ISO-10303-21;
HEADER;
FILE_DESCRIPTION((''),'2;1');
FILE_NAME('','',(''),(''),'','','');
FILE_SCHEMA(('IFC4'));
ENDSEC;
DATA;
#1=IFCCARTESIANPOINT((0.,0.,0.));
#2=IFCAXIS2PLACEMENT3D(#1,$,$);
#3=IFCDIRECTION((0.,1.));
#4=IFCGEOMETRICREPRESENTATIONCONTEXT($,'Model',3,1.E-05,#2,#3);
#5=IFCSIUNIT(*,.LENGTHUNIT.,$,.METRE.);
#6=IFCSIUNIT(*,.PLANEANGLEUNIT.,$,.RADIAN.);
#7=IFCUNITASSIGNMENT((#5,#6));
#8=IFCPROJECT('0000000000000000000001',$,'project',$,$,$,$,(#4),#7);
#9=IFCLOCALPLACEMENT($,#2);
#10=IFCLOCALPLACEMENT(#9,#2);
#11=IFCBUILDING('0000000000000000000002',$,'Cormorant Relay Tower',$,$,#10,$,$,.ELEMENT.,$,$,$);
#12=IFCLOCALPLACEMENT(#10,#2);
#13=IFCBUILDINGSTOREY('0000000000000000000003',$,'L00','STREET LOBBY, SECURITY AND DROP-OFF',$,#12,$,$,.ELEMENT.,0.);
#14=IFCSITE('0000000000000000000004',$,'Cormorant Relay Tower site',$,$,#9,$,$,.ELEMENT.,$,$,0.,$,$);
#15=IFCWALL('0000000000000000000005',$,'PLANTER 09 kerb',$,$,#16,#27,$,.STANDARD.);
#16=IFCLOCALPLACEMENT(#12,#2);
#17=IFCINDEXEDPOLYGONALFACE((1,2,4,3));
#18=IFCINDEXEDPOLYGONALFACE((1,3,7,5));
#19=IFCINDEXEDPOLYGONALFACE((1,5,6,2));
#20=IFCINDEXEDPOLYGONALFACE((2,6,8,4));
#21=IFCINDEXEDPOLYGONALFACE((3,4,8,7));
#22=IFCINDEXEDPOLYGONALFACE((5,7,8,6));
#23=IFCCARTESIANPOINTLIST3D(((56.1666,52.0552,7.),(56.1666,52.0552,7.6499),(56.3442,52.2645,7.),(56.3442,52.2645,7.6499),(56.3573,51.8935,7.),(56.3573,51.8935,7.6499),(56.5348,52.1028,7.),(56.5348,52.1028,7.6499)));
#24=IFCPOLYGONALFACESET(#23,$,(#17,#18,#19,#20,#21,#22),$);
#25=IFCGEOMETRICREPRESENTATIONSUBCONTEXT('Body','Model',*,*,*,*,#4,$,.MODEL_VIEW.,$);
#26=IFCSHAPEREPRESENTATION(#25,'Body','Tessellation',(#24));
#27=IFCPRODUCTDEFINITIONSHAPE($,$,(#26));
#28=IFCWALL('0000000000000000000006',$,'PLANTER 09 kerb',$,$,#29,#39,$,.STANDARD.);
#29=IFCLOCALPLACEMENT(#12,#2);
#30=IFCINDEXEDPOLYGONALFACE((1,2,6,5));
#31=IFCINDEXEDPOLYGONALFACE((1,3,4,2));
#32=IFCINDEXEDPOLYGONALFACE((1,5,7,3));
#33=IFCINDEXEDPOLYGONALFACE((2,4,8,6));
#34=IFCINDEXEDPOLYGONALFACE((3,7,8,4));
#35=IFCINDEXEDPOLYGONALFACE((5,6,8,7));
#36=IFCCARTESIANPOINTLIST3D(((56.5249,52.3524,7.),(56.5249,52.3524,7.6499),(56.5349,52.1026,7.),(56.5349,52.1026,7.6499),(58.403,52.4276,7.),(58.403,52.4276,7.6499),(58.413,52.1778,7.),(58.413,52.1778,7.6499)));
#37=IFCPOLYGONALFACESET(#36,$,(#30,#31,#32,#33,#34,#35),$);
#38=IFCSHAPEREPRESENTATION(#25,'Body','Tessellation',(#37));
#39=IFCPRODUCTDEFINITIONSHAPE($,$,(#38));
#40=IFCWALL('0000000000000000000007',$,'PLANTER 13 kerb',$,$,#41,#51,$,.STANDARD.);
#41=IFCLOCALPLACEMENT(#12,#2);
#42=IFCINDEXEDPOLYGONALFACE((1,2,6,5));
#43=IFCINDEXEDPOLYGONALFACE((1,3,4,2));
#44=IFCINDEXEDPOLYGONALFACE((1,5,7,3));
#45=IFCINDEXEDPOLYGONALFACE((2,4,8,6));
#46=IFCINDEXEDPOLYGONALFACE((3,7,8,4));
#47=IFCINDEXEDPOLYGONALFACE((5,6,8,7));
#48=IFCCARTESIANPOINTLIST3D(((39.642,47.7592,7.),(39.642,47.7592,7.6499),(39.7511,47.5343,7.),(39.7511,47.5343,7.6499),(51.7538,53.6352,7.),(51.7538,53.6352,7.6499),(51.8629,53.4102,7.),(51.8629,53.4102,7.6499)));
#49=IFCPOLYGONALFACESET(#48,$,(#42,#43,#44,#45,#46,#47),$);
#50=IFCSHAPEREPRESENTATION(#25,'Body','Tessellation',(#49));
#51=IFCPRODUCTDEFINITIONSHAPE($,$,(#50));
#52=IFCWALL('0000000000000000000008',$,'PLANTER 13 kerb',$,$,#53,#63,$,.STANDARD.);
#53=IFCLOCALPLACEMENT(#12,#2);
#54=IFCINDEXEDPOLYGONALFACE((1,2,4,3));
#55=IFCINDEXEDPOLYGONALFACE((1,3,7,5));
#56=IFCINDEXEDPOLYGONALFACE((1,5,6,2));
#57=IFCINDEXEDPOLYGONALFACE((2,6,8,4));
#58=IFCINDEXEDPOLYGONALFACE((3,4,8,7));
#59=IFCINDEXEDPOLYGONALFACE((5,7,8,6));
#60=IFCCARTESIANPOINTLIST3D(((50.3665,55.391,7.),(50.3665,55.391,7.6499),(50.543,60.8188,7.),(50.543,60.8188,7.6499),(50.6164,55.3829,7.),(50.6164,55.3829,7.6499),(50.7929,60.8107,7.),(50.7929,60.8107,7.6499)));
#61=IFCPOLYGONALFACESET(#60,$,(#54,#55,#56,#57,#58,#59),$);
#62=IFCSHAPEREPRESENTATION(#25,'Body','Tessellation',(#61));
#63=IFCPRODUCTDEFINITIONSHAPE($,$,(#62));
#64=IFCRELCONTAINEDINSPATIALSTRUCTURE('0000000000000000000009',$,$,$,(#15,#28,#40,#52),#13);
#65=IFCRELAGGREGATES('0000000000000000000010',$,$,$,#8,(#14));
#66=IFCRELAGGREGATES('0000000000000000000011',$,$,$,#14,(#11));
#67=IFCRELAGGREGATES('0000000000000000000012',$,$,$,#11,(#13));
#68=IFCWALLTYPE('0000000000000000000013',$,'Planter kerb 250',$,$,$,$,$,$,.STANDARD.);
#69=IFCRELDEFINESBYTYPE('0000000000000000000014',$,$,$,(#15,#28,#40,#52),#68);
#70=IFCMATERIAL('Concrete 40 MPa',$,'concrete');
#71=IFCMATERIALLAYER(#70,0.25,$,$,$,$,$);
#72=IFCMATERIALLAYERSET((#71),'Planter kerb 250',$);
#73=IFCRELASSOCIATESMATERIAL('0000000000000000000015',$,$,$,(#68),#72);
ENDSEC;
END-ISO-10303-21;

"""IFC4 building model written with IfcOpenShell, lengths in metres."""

from ifc_helpers import new_model, si_unit, direction, frame, frame_2d, origin, place, context, subcontext, project, spatial, rectangle, extrude, material, layer, layer_set, type_object, element, save


model = new_model("IFC4")

# Units and contexts
model_context = context("Model", 3, precision=1e-05, world=origin(), true_north=direction((0.0, 1.0)))
body_context = subcontext(model_context, "Body", "Model", "MODEL_VIEW")
ifc_project = project(units=[si_unit("LENGTHUNIT", "METRE"), si_unit("PLANEANGLEUNIT", "RADIAN")], contexts=[model_context])

# Site, building, storey
site_placement = place(None, origin())
site = spatial("IfcSite", under=ifc_project, at=site_placement, Name="Cormorant Relay Tower site", CompositionType="ELEMENT", RefElevation=0.0)
building_placement = place(site_placement, origin())
building = spatial("IfcBuilding", under=site, at=building_placement, Name="Cormorant Relay Tower", CompositionType="ELEMENT")
storey_placement = place(building_placement, origin())
storey = spatial("IfcBuildingStorey", under=building, at=storey_placement, Name="L00", Description="STREET LOBBY, SECURITY AND DROP-OFF", CompositionType="ELEMENT", Elevation=0.0)

# Walls
ifc_material_1 = material(Name="Concrete 40 MPa", Category="concrete")
ifc_layer_1 = layer(ifc_material_1, 0.25)
ifc_layer_set_1 = layer_set([ifc_layer_1], Name="Planter kerb 250")
wall_type_1 = type_object("IfcWallType", Name="Planter kerb 250", PredefinedType="STANDARD", material=ifc_layer_set_1)
wall_1_placement = place(storey_placement, frame((56.262, 51.9744, 7.0), z_axis=(0.0, 0.0, 1.0), x_axis=(0.646899, 0.762576, 0.0)))
element("IfcWall", 1, at=wall_1_placement, inside=storey, type_object=wall_type_1, Name="PLANTER 09 kerb", PredefinedType="STANDARD", context=body_context, shape_type="SweptSolid", body=[
    extrude(rectangle(XDim=0.2744, YDim=0.25, at=frame_2d((0.1372, 0.0))), origin(), (0.0, 0.0, 1.0), 0.6499),
])
wall_2_placement = place(storey_placement, frame((56.5298, 52.2275, 7.0), z_axis=(0.0, 0.0, 1.0), x_axis=(0.9992, 0.040004, 0.0)))
element("IfcWall", 2, at=wall_2_placement, inside=storey, type_object=wall_type_1, Name="PLANTER 09 kerb", PredefinedType="STANDARD", context=body_context, shape_type="SweptSolid", body=[
    extrude(rectangle(XDim=1.8796, YDim=0.25, at=frame_2d((0.9399, 0.0))), origin(), (0.0, 0.0, 1.0), 0.6499),
])
wall_3_placement = place(storey_placement, frame((51.8083, 53.5227, 7.0), z_axis=(0.0, 0.0, 1.0), x_axis=(-0.89971, -0.436489, 0.0)))
element("IfcWall", 3, at=wall_3_placement, inside=storey, type_object=wall_type_1, Name="PLANTER 13 kerb", PredefinedType="STANDARD", context=body_context, shape_type="SweptSolid", body=[
    extrude(rectangle(XDim=13.4619, YDim=0.25, at=frame_2d((6.731, 0.0))), origin(), (0.0, 0.0, 1.0), 0.6499),
])
wall_4_placement = place(storey_placement, frame((50.4915, 55.387, 7.0), z_axis=(0.0, 0.0, 1.0), x_axis=(0.032504, 0.999472, 0.0)))
element("IfcWall", 4, at=wall_4_placement, inside=storey, type_object=wall_type_1, Name="PLANTER 13 kerb", PredefinedType="STANDARD", context=body_context, shape_type="SweptSolid", body=[
    extrude(rectangle(XDim=5.4307, YDim=0.25, at=frame_2d((2.7153, 0.0))), origin(), (0.0, 0.0, 1.0), 0.6499),
])

save(model, "model.ifc")
